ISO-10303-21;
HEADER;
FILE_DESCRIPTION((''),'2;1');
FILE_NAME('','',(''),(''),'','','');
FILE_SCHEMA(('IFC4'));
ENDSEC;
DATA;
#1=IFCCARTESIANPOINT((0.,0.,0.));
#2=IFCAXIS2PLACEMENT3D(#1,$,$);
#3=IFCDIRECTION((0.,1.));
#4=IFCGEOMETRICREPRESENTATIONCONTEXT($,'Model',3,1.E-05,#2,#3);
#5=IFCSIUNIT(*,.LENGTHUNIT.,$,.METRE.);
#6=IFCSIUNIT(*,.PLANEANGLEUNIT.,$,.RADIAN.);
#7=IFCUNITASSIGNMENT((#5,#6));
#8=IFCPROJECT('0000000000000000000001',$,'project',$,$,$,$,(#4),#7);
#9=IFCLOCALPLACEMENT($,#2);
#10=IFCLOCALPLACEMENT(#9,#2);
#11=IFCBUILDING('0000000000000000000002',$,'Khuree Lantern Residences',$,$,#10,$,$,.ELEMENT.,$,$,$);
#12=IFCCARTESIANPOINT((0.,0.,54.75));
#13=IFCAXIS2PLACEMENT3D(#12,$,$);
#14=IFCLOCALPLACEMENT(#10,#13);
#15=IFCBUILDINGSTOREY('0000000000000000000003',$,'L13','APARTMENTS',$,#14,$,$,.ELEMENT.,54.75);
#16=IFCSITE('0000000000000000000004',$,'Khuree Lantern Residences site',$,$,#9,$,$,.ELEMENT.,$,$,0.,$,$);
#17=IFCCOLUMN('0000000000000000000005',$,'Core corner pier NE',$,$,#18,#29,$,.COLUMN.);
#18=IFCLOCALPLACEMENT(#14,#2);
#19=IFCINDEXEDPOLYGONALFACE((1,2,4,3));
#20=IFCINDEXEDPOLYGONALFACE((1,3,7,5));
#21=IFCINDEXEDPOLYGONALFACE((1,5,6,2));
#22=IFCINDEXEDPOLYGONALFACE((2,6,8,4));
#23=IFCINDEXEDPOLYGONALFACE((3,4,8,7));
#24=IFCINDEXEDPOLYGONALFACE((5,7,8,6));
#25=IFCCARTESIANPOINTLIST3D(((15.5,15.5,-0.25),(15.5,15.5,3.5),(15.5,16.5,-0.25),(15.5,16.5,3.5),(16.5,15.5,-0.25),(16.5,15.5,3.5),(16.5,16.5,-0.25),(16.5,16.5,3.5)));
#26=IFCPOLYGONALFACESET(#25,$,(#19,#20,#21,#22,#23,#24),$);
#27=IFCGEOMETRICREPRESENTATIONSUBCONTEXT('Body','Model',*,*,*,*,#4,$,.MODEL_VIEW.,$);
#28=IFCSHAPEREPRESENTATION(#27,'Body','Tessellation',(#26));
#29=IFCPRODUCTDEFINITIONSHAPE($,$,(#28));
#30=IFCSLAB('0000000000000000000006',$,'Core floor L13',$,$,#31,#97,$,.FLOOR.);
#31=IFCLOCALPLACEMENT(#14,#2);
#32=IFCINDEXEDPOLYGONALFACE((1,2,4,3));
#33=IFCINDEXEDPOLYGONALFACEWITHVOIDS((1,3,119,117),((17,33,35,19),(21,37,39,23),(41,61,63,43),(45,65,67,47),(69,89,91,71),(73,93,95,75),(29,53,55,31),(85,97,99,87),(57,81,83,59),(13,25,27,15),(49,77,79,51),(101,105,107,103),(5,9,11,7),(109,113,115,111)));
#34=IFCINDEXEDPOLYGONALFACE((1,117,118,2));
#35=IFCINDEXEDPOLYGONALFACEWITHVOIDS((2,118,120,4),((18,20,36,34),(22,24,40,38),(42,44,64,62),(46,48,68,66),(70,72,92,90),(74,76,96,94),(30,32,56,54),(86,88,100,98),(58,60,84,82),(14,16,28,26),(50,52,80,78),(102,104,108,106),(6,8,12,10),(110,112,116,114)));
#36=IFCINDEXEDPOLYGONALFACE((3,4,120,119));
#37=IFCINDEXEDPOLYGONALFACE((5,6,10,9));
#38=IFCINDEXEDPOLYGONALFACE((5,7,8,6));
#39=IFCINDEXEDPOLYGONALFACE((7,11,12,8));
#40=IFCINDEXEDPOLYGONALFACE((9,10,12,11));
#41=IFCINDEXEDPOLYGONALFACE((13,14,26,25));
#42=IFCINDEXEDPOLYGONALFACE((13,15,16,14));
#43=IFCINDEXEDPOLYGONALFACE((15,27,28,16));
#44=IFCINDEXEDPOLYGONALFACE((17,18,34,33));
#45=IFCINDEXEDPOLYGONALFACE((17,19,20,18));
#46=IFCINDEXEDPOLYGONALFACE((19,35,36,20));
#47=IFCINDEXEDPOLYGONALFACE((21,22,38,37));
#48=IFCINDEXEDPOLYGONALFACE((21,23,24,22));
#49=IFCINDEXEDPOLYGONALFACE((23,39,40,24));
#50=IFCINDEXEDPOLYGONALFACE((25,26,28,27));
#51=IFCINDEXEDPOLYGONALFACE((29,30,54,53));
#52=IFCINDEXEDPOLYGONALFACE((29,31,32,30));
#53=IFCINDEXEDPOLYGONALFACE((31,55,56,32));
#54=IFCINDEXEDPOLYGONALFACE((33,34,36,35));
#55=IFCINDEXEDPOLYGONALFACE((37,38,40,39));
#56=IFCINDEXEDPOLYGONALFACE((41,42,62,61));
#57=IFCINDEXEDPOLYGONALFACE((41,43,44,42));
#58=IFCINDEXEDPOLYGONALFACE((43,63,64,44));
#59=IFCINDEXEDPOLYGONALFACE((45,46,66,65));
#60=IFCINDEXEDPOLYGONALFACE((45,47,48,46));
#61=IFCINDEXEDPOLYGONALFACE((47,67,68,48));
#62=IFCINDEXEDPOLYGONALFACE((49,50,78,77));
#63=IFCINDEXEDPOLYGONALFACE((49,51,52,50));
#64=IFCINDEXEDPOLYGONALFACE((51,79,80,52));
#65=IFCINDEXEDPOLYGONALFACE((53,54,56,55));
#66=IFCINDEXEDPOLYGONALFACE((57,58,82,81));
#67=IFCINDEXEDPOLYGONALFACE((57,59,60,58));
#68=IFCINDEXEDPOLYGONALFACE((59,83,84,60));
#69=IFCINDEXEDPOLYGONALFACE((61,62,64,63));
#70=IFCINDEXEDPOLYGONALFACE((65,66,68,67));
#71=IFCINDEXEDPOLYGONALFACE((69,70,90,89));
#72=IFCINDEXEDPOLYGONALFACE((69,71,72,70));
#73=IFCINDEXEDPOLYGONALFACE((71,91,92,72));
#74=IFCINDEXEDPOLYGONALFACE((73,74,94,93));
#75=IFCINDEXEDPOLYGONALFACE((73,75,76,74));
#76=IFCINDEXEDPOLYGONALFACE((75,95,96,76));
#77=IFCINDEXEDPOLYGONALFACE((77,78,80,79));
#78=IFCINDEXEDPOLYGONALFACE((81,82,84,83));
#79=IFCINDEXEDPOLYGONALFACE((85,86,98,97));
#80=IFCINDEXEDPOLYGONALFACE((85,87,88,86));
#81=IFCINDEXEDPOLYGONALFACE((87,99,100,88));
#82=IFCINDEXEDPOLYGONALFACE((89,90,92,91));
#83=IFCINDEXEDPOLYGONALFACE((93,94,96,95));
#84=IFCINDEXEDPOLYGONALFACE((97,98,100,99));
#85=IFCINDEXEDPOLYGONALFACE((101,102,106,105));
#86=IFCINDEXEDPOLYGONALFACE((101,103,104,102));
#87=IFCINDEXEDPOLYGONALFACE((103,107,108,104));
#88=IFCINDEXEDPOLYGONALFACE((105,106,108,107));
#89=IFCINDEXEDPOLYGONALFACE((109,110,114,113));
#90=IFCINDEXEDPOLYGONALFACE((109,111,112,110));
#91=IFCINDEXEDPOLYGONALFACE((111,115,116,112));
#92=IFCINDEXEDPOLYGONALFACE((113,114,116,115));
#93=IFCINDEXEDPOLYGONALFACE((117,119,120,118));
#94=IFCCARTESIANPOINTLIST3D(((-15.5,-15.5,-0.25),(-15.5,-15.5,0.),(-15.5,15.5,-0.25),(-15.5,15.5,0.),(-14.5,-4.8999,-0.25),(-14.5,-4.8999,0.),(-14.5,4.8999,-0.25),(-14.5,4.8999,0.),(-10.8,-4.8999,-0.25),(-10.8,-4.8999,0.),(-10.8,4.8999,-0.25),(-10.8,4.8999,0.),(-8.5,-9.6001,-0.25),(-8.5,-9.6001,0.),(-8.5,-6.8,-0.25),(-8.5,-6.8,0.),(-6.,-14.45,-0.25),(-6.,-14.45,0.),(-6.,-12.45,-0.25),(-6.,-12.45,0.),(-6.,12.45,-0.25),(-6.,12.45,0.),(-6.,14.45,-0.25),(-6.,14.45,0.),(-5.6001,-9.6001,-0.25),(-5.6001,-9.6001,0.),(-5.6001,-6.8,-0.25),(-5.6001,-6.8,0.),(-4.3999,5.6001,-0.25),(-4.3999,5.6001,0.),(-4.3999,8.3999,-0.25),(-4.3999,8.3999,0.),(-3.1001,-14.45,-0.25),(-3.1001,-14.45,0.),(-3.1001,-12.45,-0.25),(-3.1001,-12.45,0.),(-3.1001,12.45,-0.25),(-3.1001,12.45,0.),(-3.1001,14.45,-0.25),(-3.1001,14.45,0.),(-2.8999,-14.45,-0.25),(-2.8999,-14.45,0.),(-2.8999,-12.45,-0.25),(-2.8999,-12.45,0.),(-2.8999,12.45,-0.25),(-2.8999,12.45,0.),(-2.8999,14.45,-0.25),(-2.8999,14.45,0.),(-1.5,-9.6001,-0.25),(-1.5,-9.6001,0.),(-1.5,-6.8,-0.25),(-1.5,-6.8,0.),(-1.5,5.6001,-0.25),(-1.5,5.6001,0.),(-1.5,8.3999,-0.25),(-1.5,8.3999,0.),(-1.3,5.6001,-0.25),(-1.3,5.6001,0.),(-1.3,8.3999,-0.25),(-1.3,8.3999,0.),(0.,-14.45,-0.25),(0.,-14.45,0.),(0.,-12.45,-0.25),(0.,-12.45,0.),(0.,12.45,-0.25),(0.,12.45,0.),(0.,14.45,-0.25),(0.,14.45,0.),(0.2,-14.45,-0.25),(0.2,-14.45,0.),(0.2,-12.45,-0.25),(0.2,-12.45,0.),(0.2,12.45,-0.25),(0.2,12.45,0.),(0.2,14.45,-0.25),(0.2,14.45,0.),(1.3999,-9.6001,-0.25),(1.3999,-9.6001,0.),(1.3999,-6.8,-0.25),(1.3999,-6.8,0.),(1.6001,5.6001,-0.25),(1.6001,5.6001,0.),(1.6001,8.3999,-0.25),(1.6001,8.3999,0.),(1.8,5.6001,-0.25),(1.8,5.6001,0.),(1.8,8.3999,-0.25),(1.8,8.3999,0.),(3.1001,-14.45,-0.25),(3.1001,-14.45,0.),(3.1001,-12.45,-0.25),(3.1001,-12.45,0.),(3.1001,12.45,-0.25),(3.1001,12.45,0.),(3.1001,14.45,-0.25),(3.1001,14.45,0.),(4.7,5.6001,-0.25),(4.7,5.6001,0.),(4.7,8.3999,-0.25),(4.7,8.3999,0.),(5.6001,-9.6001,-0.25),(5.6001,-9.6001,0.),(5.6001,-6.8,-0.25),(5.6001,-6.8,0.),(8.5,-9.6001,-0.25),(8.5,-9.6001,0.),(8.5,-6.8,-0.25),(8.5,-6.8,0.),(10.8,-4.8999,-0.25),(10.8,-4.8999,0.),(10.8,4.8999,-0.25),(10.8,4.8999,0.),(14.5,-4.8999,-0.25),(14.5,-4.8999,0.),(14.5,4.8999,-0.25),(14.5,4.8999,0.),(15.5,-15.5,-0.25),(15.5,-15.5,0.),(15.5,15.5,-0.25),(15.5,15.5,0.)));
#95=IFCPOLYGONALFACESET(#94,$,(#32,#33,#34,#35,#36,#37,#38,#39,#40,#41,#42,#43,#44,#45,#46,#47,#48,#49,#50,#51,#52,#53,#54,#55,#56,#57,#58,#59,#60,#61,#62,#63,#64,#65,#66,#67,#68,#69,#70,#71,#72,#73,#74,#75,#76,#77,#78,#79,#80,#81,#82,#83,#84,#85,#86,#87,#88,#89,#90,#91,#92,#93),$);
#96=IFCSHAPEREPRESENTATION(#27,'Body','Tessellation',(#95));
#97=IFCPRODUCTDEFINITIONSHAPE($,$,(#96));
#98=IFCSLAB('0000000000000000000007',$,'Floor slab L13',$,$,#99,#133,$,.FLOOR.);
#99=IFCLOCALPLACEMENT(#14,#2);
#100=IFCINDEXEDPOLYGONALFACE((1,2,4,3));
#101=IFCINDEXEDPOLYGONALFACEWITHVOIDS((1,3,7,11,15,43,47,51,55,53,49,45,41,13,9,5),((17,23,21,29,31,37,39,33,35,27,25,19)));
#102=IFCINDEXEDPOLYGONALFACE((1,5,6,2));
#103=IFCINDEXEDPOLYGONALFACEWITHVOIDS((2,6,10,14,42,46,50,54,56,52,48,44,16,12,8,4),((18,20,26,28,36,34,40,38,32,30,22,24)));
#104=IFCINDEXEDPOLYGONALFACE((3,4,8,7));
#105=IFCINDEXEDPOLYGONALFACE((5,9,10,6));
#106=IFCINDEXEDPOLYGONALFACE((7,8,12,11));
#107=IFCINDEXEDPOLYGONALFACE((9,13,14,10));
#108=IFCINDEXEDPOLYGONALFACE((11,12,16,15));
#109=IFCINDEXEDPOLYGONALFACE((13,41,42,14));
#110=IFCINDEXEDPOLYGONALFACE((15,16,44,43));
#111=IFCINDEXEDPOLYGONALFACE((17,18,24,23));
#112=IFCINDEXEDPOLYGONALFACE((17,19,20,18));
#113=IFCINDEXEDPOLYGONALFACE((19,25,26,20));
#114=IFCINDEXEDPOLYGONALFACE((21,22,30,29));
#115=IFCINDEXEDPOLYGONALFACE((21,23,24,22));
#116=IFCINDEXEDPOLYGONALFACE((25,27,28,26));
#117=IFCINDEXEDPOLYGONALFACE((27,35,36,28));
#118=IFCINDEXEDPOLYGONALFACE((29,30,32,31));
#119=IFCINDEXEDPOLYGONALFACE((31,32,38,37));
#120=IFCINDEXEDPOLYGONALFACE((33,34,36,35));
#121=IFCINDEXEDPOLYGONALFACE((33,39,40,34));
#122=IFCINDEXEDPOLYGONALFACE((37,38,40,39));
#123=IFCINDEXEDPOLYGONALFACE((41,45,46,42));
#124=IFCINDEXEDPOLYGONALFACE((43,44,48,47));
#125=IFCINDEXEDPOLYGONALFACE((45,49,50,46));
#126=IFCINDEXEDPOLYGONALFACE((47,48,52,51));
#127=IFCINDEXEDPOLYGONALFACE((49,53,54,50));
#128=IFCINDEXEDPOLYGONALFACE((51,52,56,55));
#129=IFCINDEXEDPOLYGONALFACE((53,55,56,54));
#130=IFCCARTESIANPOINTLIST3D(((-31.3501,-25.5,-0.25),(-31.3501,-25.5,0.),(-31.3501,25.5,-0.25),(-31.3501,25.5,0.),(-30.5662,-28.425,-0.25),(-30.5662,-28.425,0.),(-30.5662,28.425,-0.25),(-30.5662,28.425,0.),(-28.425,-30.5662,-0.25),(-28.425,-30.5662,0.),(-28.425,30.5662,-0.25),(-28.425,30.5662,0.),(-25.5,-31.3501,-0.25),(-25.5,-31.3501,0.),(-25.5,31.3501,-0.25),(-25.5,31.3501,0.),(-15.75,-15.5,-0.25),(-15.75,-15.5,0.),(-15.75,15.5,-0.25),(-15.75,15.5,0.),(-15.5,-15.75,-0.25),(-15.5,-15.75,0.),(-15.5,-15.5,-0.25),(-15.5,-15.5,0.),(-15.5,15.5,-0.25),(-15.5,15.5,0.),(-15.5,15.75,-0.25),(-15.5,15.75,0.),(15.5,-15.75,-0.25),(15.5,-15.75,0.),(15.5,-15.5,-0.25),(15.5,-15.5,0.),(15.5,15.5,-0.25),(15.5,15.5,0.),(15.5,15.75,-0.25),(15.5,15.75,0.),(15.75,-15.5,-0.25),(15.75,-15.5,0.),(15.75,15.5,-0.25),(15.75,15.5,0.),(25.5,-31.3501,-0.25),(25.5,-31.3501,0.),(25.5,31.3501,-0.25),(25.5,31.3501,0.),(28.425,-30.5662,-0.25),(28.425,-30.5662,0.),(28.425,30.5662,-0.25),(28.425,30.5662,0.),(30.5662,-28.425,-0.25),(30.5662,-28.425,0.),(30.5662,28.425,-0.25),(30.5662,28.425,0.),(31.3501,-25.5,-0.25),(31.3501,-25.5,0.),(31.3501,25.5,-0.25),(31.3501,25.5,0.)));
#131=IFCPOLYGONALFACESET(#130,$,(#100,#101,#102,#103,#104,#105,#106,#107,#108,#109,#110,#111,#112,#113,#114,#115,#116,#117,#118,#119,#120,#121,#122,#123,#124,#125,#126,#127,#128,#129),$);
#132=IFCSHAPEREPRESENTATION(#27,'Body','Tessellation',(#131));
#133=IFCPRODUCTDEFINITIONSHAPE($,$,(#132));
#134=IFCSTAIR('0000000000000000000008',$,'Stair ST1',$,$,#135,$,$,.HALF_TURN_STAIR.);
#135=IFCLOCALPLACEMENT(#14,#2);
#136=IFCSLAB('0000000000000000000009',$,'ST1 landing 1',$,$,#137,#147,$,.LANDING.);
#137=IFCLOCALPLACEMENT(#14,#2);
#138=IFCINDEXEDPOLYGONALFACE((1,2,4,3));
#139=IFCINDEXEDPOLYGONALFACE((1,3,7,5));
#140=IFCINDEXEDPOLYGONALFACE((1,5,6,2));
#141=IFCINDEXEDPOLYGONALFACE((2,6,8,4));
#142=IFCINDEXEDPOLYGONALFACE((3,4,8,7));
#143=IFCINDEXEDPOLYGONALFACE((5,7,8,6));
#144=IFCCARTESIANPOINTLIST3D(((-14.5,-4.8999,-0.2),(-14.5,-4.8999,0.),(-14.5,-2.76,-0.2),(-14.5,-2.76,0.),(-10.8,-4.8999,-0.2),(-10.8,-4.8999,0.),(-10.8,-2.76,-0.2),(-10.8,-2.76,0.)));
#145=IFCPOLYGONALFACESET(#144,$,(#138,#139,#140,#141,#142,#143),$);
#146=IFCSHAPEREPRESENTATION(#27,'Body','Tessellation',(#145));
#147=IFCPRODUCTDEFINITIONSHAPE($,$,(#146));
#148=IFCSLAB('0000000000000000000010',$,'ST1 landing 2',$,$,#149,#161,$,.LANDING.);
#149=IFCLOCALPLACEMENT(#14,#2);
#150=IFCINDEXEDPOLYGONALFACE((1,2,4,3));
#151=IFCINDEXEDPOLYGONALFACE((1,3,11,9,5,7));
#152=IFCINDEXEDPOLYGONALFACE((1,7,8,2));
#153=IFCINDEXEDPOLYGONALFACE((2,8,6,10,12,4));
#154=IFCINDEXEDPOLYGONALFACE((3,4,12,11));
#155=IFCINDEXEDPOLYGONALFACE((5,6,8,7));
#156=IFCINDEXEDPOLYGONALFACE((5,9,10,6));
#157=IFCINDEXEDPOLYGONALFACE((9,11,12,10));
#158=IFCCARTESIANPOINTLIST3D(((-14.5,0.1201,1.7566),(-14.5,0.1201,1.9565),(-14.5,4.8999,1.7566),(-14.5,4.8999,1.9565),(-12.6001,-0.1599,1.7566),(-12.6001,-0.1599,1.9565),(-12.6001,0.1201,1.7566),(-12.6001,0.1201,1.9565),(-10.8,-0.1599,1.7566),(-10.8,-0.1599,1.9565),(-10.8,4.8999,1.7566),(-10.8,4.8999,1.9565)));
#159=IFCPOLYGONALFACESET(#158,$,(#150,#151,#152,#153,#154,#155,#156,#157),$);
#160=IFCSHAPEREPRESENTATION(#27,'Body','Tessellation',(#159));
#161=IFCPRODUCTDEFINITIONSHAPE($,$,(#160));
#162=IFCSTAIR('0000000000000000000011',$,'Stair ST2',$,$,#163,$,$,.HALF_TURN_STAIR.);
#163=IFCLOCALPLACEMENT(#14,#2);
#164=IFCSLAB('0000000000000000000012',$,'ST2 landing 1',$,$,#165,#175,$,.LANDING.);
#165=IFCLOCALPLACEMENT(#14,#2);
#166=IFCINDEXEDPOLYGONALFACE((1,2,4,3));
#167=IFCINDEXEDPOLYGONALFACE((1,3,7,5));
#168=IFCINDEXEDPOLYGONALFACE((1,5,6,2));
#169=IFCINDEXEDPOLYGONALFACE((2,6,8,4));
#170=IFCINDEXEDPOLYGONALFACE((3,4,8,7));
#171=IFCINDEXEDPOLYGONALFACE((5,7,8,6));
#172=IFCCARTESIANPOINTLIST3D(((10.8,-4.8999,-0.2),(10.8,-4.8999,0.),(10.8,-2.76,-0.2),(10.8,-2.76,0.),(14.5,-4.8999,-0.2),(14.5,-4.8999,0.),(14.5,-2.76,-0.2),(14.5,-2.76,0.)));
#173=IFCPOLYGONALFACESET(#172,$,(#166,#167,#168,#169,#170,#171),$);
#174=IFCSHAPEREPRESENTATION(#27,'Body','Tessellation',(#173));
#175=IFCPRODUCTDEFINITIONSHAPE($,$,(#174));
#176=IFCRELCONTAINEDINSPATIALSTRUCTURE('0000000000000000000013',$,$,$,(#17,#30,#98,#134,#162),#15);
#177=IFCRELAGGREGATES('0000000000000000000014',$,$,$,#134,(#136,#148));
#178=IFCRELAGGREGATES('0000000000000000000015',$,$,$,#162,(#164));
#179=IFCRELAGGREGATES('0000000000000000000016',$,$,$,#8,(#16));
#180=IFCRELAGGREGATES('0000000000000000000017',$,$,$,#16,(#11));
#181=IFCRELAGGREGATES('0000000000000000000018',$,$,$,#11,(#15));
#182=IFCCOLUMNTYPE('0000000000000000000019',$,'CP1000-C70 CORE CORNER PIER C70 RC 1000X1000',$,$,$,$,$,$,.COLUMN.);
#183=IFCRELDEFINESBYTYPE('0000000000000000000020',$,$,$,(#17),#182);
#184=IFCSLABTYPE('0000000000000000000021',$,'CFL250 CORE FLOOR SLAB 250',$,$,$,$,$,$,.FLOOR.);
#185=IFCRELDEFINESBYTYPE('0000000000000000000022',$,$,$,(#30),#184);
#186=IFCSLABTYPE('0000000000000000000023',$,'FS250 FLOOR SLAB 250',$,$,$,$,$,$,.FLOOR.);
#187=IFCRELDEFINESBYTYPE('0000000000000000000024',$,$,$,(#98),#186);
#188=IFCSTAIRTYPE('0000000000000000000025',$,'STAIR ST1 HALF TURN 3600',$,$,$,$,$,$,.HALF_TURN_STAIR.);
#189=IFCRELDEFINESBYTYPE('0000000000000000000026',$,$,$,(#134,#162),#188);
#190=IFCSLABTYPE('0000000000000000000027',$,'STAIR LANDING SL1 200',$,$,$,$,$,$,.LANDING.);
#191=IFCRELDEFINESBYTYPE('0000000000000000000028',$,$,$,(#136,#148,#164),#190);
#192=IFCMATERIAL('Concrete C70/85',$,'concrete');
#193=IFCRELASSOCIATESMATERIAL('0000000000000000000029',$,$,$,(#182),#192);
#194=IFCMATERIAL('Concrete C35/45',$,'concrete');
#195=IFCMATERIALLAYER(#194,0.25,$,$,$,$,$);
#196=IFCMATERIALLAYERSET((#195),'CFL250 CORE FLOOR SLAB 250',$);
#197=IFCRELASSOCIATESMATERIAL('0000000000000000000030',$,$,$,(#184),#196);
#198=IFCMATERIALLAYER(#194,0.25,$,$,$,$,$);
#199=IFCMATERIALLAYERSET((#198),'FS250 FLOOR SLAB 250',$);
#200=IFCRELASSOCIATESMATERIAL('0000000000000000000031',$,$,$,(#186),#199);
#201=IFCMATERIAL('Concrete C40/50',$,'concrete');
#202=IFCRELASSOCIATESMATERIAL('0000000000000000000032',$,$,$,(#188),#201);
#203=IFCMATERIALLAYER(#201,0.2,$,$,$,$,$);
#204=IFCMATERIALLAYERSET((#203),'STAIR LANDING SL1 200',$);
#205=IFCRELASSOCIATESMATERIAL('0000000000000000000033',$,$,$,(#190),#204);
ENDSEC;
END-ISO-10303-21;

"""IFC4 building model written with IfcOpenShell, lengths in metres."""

from ifc_helpers import new_model, si_unit, direction, frame, origin, origin_2d, place, context, subcontext, project, spatial, polyline, rectangle, outline, extrude, material, layer, layer_set, material_profile, profile_set, type_object, element, aggregate, save


model = new_model("IFC4")

# Units and contexts
model_context = context("Model", 3, precision=1e-05, world=origin(), true_north=direction((0.0, 1.0)))
body_context = subcontext(model_context, "Body", "Model", "MODEL_VIEW")
ifc_project = project(units=[si_unit("LENGTHUNIT", "METRE"), si_unit("PLANEANGLEUNIT", "RADIAN")], contexts=[model_context])

# Site, building, storey
site_placement = place(None, origin())
site = spatial("IfcSite", under=ifc_project, at=site_placement, Name="Khuree Lantern Residences site", CompositionType="ELEMENT", RefElevation=0.0)
building_placement = place(site_placement, origin())
building = spatial("IfcBuilding", under=site, at=building_placement, Name="Khuree Lantern Residences", CompositionType="ELEMENT")
storey_placement = place(building_placement, frame((0.0, 0.0, 54.75)))
storey = spatial("IfcBuildingStorey", under=building, at=storey_placement, Name="L13", Description="APARTMENTS", CompositionType="ELEMENT", Elevation=54.75)

# Column
ifc_material_1 = material(Name="Concrete C70/85", Category="concrete")
ifc_material_profile = material_profile(ifc_material_1, rectangle(XDim=1.0, YDim=1.0, at=origin_2d()), Name="RC 1000X1000")
ifc_profile_set = profile_set([ifc_material_profile], Name="Concrete C70/85")
column_type = type_object("IfcColumnType", Name="CP1000-C70 CORE CORNER PIER C70 RC 1000X1000", PredefinedType="COLUMN", material=ifc_profile_set)
column_placement = place(storey_placement, frame((16.0, 16.0, -0.25), z_axis=(0.0, 0.0, 1.0), x_axis=(1.0, 0.0, 0.0)))
element("IfcColumn", 1, at=column_placement, inside=storey, type_object=column_type, Name="Core corner pier NE", PredefinedType="COLUMN", context=body_context, shape_type="SweptSolid", body=[
    extrude(rectangle(XDim=1.0, YDim=1.0, at=origin_2d()), origin(), (0.0, 0.0, 1.0), 3.75),
])

# Slabs
ifc_material_2 = material(Name="Concrete C35/45", Category="concrete")
ifc_layer_1 = layer(ifc_material_2, 0.25)
ifc_layer_set_1 = layer_set([ifc_layer_1], Name="CFL250 CORE FLOOR SLAB 250")
slab_type_1 = type_object("IfcSlabType", Name="CFL250 CORE FLOOR SLAB 250", PredefinedType="FLOOR", material=ifc_layer_set_1)
slab_1_placement = place(storey_placement, frame((0.0, 0.0, -0.25)))
element("IfcSlab", 2, at=slab_1_placement, inside=storey, type_object=slab_type_1, Name="Core floor L13", PredefinedType="FLOOR", context=body_context, shape_type="SweptSolid", body=[
    extrude(outline(polyline([(-15.5, -15.5), (-15.5, 15.5), (15.5, 15.5), (15.5, -15.5), (-15.5, -15.5)]), holes=[polyline([(14.5, 4.8999), (10.8, 4.8999), (10.8, -4.8999), (14.5, -4.8999), (14.5, 4.8999)]), polyline([(8.5, -6.8), (5.6001, -6.8), (5.6001, -9.6001), (8.5, -9.6001), (8.5, -6.8)]), polyline([(4.7, 8.3999), (1.8, 8.3999), (1.8, 5.6001), (4.7, 5.6001), (4.7, 8.3999)]), polyline([(0.2, -12.45), (0.2, -14.45), (3.1001, -14.45), (3.1001, -12.45), (0.2, -12.45)]), polyline([(3.1001, 14.45), (0.2, 14.45), (0.2, 12.45), (3.1001, 12.45), (3.1001, 14.45)]), polyline([(1.6001, 8.3999), (-1.3, 8.3999), (-1.3, 5.6001), (1.6001, 5.6001), (1.6001, 8.3999)]), polyline([(1.3999, -6.8), (-1.5, -6.8), (-1.5, -9.6001), (1.3999, -9.6001), (1.3999, -6.8)]), polyline([(0.0, -12.45), (-2.8999, -12.45), (-2.8999, -14.45), (0.0, -14.45), (0.0, -12.45)]), polyline([(0.0, 14.45), (-2.8999, 14.45), (-2.8999, 12.45), (0.0, 12.45), (0.0, 14.45)]), polyline([(-1.5, 8.3999), (-4.3999, 8.3999), (-4.3999, 5.6001), (-1.5, 5.6001), (-1.5, 8.3999)]), polyline([(-6.0, -12.45), (-6.0, -14.45), (-3.1001, -14.45), (-3.1001, -12.45), (-6.0, -12.45)]), polyline([(-3.1001, 14.45), (-6.0, 14.45), (-6.0, 12.45), (-3.1001, 12.45), (-3.1001, 14.45)]), polyline([(-5.6001, -6.8), (-8.5, -6.8), (-8.5, -9.6001), (-5.6001, -9.6001), (-5.6001, -6.8)]), polyline([(-10.8, 4.8999), (-14.5, 4.8999), (-14.5, -4.8999), (-10.8, -4.8999), (-10.8, 4.8999)])]), origin(), (0.0, 0.0, 1.0), 0.25),
])
ifc_layer_2 = layer(ifc_material_2, 0.25)
ifc_layer_set_2 = layer_set([ifc_layer_2], Name="FS250 FLOOR SLAB 250")
slab_type_2 = type_object("IfcSlabType", Name="FS250 FLOOR SLAB 250", PredefinedType="FLOOR", material=ifc_layer_set_2)
slab_2_placement = place(storey_placement, frame((0.0, 0.0, -0.25)))
element("IfcSlab", 3, at=slab_2_placement, inside=storey, type_object=slab_type_2, Name="Floor slab L13", PredefinedType="FLOOR", context=body_context, shape_type="SweptSolid", body=[
    extrude(outline(polyline([(-28.425, -30.5662), (-30.5662, -28.425), (-31.3501, -25.5), (-31.3501, 25.5), (-30.5662, 28.425), (-28.425, 30.5662), (-25.5, 31.3501), (25.5, 31.3501), (28.425, 30.5662), (30.5662, 28.425), (31.3501, 25.5), (31.3501, -25.5), (30.5662, -28.425), (28.425, -30.5662), (25.5, -31.3501), (-25.5, -31.3501), (-28.425, -30.5662)]), holes=[polyline([(15.75, 15.5), (15.5, 15.5), (15.5, 15.75), (-15.5, 15.75), (-15.5, 15.5), (-15.75, 15.5), (-15.75, -15.5), (-15.5, -15.5), (-15.5, -15.75), (15.5, -15.75), (15.5, -15.5), (15.75, -15.5), (15.75, 15.5)])]), origin(), (0.0, 0.0, 1.0), 0.25),
])

# Stairs, slabs
ifc_material_3 = material(Name="Concrete C40/50", Category="concrete")
stair_type = type_object("IfcStairType", Name="STAIR ST1 HALF TURN 3600", PredefinedType="HALF_TURN_STAIR", material=ifc_material_3)
stair_1_placement = place(storey_placement, origin())
stair_1 = element("IfcStair", 4, at=stair_1_placement, inside=storey, type_object=stair_type, Name="Stair ST1", PredefinedType="HALF_TURN_STAIR")
ifc_layer_3 = layer(ifc_material_3, 0.2)
ifc_layer_set_3 = layer_set([ifc_layer_3], Name="STAIR LANDING SL1 200")
slab_type_3 = type_object("IfcSlabType", Name="STAIR LANDING SL1 200", PredefinedType="LANDING", material=ifc_layer_set_3)
slab_3_placement = place(storey_placement, frame((0.0, 0.0, -0.2)))
slab_3 = element("IfcSlab", 5, at=slab_3_placement, type_object=slab_type_3, Name="ST1 landing 1", PredefinedType="LANDING", context=body_context, shape_type="SweptSolid", body=[
    extrude(outline(polyline([(-14.5, -4.8999), (-10.8, -4.8999), (-10.8, -2.76), (-14.5, -2.76), (-14.5, -4.8999)])), origin(), (0.0, 0.0, 1.0), 0.2),
])
slab_4_placement = place(storey_placement, frame((0.0, 0.0, 1.7566)))
slab_4 = element("IfcSlab", 6, at=slab_4_placement, type_object=slab_type_3, Name="ST1 landing 2", PredefinedType="LANDING", context=body_context, shape_type="SweptSolid", body=[
    extrude(outline(polyline([(-14.5, 0.1201), (-14.5, 4.8999), (-10.8, 4.8999), (-10.8, -0.1599), (-12.6001, -0.1599), (-12.6001, 0.1201), (-14.5, 0.1201)])), origin(), (0.0, 0.0, 1.0), 0.2),
])
aggregate(stair_1, [slab_3, slab_4])
stair_2_placement = place(storey_placement, origin())
stair_2 = element("IfcStair", 7, at=stair_2_placement, inside=storey, type_object=stair_type, Name="Stair ST2", PredefinedType="HALF_TURN_STAIR")
slab_5_placement = place(storey_placement, frame((0.0, 0.0, -0.2)))
slab_5 = element("IfcSlab", 8, at=slab_5_placement, type_object=slab_type_3, Name="ST2 landing 1", PredefinedType="LANDING", context=body_context, shape_type="SweptSolid", body=[
    extrude(outline(polyline([(10.8, -4.8999), (14.5, -4.8999), (14.5, -2.76), (10.8, -2.76), (10.8, -4.8999)])), origin(), (0.0, 0.0, 1.0), 0.2),
])

aggregate(stair_2, [slab_5])

save(model, "model.ifc")
